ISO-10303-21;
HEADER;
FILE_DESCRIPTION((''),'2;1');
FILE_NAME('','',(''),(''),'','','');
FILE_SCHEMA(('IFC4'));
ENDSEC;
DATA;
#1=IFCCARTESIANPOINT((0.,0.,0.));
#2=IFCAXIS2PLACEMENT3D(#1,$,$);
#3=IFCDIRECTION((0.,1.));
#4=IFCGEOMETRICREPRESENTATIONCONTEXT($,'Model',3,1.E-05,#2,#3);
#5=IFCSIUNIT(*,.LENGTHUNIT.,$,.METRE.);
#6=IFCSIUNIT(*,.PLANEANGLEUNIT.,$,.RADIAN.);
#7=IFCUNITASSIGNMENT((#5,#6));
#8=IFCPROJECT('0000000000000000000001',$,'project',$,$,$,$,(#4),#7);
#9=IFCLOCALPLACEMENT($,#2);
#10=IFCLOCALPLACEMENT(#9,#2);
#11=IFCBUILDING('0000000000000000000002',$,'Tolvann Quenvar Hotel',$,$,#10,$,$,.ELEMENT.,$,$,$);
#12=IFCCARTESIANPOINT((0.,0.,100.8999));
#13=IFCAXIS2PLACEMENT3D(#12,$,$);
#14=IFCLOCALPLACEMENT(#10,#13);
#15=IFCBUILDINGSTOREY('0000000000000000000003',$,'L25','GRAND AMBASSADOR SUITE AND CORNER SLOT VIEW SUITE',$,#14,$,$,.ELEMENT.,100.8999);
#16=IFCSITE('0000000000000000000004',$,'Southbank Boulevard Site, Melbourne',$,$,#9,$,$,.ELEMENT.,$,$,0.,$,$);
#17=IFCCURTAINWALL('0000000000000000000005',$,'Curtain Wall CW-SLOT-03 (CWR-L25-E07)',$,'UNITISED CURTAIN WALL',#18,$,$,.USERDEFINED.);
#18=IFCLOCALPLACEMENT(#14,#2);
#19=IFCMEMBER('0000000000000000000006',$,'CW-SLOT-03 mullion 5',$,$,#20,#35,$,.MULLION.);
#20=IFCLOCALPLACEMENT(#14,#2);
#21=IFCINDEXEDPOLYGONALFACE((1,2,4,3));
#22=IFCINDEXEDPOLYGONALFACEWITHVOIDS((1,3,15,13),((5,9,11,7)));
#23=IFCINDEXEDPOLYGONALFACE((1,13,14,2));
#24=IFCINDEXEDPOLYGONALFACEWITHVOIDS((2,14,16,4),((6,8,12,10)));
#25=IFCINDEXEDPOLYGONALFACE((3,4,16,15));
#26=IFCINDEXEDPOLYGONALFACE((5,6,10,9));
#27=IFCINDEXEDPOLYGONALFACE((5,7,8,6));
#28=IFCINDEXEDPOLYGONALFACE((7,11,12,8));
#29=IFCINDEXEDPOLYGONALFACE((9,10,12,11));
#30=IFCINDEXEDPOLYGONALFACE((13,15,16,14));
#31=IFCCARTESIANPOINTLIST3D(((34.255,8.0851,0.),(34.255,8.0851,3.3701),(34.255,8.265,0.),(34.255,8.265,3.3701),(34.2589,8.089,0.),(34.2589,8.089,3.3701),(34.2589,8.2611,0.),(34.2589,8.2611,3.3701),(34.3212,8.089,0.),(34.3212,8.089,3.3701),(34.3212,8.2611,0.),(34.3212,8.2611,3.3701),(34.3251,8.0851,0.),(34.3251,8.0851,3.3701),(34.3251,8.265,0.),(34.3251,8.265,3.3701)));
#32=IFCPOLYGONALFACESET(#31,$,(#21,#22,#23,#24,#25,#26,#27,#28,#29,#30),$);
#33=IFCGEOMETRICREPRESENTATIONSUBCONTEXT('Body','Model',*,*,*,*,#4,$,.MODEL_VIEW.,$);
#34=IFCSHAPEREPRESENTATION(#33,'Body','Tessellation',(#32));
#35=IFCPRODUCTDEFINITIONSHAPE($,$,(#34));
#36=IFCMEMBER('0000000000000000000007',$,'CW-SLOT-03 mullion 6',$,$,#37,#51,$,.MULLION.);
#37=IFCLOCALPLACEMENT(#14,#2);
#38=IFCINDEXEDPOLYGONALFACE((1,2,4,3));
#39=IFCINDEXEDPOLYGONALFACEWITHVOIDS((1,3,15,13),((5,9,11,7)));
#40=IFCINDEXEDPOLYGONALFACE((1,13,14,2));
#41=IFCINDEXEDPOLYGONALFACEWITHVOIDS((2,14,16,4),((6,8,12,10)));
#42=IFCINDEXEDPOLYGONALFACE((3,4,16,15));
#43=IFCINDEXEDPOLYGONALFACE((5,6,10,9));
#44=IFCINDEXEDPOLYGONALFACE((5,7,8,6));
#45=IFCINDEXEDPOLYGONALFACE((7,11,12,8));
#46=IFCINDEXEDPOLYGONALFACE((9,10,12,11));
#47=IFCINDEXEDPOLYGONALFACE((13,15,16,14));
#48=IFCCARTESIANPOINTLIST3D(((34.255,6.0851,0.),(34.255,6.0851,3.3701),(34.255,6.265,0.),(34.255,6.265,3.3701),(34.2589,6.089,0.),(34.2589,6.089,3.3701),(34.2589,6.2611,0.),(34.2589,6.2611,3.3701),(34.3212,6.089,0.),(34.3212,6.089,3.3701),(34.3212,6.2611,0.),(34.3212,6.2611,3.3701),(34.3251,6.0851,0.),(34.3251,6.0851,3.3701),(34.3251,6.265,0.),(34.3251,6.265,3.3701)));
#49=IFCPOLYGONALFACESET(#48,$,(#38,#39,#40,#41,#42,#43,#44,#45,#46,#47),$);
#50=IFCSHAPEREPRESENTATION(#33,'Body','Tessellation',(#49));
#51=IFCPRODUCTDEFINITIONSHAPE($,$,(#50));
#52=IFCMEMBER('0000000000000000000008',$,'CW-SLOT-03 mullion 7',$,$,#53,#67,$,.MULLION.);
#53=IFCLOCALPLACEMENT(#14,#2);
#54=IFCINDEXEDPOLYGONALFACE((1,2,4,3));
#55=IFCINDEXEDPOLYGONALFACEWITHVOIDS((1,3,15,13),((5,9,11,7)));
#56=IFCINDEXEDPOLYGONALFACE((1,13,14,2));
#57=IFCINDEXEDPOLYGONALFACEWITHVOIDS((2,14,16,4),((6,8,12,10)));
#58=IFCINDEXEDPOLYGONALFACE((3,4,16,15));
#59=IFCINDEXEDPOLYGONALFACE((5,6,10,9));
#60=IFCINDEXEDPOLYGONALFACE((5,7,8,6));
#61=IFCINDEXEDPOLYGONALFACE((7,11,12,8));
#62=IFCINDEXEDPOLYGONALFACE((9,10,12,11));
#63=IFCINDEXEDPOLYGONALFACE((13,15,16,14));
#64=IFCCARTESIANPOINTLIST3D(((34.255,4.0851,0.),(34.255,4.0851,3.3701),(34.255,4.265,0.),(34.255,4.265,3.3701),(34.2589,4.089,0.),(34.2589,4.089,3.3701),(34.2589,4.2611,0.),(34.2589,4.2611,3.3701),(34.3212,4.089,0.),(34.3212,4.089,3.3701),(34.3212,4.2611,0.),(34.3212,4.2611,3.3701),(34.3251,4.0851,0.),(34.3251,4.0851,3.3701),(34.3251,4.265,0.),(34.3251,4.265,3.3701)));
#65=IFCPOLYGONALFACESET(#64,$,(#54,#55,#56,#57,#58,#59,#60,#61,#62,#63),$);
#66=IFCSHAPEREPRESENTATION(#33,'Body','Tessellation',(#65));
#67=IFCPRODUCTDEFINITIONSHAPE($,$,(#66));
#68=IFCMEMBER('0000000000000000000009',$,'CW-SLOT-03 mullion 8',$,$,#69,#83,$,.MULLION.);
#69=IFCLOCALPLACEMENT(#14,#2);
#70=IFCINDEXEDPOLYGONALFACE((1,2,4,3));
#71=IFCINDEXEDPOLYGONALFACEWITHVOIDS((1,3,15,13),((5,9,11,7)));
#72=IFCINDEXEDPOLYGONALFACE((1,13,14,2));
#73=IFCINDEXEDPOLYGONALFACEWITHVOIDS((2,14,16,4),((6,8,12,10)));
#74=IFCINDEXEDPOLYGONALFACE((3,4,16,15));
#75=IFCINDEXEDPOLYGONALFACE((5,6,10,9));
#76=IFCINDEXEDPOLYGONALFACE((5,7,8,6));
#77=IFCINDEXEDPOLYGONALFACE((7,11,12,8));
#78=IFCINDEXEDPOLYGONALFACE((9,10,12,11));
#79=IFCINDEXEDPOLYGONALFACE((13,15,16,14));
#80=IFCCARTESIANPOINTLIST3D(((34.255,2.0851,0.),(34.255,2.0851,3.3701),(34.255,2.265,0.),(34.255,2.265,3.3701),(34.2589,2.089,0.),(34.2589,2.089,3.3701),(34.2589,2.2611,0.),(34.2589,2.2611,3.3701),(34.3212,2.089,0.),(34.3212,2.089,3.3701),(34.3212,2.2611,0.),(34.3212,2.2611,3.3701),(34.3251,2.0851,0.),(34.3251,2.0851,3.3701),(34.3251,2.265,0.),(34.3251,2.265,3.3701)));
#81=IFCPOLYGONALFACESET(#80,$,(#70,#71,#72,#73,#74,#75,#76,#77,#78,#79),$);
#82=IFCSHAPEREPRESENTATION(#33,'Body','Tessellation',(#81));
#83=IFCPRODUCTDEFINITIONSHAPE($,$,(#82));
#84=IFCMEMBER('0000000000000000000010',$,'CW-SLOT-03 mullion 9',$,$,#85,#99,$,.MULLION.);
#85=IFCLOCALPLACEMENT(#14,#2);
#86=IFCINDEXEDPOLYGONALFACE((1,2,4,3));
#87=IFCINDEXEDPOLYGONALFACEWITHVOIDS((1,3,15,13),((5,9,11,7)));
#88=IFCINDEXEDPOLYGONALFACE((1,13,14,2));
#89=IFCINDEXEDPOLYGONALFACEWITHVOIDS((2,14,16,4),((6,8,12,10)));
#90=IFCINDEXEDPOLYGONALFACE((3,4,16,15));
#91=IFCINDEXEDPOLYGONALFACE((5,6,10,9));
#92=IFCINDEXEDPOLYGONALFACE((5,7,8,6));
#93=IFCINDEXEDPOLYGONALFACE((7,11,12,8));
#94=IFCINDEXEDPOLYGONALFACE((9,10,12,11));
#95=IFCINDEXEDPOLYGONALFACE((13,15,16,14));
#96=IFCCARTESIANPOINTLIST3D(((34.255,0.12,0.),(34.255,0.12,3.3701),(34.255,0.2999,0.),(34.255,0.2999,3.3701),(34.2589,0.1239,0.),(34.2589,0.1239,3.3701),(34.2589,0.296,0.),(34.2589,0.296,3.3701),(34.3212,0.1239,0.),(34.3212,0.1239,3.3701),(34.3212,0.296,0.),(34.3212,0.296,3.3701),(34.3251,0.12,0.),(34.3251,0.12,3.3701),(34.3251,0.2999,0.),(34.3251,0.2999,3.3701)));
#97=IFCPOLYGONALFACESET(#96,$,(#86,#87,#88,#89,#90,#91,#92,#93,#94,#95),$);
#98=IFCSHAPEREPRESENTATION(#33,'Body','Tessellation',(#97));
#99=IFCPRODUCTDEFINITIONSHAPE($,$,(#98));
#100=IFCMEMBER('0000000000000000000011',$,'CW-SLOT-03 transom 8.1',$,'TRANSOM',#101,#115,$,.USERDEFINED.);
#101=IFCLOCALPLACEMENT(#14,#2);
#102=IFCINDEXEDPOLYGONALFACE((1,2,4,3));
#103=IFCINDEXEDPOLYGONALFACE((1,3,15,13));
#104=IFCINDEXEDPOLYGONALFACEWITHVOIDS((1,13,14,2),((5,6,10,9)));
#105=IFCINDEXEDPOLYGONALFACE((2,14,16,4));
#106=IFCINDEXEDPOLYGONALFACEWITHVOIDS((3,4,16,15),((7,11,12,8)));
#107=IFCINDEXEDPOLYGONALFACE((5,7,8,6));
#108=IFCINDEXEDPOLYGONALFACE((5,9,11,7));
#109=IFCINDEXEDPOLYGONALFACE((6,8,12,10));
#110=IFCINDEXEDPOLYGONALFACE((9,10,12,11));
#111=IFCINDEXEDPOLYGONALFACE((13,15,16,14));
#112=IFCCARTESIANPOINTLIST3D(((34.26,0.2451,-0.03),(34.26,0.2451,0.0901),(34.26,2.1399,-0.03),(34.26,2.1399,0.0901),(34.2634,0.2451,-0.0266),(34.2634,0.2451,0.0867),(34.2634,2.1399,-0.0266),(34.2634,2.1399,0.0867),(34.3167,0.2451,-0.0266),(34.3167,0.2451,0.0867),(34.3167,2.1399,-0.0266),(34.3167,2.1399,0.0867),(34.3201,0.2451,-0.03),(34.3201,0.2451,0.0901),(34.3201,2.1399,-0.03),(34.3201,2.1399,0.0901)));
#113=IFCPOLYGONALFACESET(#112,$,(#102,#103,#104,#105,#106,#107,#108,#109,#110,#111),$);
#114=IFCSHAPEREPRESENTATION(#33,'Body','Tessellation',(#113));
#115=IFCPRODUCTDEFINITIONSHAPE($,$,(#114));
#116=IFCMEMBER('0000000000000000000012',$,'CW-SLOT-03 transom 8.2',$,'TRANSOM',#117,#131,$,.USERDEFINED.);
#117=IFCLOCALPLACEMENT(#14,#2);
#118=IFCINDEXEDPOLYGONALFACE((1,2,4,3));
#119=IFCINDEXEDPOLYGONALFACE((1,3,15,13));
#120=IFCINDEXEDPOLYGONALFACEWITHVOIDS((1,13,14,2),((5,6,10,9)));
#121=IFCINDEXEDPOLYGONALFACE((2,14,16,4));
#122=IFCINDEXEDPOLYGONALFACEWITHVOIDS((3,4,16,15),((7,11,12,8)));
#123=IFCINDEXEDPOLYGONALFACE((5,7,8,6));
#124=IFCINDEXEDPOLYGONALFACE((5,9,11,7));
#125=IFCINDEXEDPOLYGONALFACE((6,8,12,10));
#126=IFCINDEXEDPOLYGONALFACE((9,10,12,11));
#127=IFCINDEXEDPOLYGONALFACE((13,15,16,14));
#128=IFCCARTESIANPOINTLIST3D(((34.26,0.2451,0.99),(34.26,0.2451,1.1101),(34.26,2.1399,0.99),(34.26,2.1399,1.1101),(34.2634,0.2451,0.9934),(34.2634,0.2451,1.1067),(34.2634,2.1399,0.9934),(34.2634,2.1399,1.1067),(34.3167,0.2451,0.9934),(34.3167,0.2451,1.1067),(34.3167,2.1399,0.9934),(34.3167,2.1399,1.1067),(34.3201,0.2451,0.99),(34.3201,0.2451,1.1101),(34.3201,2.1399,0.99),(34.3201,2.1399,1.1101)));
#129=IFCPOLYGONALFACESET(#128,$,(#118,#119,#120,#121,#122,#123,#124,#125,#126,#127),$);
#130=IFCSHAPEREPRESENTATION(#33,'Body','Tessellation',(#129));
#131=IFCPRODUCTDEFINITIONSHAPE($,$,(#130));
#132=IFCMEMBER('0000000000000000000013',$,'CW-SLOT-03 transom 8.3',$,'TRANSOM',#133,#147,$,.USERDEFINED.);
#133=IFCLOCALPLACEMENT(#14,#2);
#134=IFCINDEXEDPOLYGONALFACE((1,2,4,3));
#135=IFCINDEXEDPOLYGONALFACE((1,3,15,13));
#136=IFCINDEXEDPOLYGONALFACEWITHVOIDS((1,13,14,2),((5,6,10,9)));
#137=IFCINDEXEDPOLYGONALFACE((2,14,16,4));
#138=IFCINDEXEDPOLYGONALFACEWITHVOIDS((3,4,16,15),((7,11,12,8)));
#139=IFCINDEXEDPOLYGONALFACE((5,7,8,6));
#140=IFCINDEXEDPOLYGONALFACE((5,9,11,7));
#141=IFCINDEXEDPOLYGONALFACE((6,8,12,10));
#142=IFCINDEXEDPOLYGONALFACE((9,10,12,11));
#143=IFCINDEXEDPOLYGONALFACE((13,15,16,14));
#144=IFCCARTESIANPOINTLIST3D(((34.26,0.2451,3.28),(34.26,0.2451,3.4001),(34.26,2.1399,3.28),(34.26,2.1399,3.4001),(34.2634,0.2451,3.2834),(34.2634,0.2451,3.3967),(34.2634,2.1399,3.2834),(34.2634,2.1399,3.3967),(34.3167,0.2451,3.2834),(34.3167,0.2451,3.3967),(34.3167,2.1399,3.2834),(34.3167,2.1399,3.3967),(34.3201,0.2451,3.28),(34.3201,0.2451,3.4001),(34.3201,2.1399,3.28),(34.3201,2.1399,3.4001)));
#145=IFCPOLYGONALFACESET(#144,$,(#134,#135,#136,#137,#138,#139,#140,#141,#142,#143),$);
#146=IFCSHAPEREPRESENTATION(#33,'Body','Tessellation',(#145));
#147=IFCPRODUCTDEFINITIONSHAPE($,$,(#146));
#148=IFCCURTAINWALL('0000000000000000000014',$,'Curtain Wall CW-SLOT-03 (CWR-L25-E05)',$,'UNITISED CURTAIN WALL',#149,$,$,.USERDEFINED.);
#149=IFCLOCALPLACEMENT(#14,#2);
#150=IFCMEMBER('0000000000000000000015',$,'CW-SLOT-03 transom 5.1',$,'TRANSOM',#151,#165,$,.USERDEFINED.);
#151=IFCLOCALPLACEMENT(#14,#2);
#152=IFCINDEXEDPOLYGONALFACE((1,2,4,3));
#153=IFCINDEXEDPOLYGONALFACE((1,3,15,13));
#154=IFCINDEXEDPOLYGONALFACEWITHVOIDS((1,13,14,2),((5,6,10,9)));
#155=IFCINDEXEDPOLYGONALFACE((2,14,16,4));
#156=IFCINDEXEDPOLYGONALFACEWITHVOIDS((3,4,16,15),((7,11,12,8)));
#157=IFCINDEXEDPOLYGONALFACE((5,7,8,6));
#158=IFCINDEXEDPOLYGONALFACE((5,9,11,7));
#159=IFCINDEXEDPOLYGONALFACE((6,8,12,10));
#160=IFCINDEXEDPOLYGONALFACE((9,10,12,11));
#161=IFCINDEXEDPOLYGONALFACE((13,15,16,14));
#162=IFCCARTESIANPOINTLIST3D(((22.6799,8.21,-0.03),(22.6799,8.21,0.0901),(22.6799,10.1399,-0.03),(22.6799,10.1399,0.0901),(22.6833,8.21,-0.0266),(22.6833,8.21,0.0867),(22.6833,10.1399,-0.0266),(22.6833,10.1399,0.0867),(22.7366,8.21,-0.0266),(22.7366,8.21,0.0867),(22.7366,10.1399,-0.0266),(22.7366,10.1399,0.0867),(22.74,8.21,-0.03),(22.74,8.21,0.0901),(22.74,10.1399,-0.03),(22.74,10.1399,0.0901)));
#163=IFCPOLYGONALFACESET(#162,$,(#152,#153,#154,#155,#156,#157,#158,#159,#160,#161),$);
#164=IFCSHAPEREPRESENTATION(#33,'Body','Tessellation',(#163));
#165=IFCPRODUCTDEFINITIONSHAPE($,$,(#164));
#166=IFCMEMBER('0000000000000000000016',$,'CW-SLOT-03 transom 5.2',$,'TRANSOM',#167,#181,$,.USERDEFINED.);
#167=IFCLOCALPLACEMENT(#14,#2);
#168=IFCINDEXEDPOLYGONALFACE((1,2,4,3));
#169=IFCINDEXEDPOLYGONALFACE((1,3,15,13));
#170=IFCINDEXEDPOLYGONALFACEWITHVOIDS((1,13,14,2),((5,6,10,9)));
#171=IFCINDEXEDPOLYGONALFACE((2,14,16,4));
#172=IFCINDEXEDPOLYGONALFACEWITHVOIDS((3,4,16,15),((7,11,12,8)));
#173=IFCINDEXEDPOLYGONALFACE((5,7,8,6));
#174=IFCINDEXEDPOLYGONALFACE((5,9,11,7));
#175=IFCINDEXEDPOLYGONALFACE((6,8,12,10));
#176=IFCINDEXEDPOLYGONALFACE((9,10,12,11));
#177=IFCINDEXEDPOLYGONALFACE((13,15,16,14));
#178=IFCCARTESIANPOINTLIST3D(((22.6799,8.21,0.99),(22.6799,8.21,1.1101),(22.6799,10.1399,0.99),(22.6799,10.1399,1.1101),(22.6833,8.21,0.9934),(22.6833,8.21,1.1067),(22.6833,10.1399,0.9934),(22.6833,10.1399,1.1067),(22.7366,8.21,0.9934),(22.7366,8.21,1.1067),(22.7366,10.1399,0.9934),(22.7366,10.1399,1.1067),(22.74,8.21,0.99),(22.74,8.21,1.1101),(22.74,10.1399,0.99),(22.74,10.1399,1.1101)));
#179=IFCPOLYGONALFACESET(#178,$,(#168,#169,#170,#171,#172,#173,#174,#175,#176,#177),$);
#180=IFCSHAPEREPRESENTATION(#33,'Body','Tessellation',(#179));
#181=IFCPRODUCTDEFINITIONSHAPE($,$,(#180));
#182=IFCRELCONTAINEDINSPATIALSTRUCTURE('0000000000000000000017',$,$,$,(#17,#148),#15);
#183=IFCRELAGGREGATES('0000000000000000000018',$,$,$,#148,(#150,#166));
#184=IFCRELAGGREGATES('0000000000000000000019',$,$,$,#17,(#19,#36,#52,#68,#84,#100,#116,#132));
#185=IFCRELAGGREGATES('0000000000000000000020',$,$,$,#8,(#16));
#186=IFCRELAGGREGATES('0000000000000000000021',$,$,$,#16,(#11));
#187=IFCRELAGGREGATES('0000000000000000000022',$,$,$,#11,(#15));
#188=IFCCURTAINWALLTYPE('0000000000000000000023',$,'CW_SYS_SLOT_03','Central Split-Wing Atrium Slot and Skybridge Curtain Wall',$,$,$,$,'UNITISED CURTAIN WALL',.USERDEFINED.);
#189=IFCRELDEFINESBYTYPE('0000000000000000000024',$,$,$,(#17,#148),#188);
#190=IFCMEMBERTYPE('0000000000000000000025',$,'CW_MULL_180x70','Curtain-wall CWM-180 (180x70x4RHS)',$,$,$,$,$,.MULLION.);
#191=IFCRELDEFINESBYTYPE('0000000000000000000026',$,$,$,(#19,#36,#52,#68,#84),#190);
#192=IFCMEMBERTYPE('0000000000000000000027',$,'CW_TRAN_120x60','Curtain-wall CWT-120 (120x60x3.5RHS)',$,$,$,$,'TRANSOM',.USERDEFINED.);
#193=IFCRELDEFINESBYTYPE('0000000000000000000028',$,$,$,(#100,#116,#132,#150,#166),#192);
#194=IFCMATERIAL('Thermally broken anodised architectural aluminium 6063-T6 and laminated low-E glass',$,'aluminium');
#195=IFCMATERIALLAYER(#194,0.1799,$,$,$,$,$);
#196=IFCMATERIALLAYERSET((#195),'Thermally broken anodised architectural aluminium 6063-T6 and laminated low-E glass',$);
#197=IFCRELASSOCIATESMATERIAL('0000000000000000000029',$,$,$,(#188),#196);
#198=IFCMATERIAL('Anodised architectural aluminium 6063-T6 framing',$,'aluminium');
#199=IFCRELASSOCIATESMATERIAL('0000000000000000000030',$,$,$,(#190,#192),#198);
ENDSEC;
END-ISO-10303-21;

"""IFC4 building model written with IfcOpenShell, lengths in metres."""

from ifc_helpers import new_model, si_unit, direction, frame, origin, origin_2d, place, context, subcontext, project, spatial, hollow_rectangle, extrude, source, transform, mapped, material, layer, layer_set, material_profile, profile_set, type_object, type_shapes, element, aggregate, save


model = new_model("IFC4")

# Units and contexts
model_context = context("Model", 3, precision=1e-05, world=origin(), true_north=direction((0.0, 1.0)))
body_context = subcontext(model_context, "Body", "Model", "MODEL_VIEW")
ifc_project = project(units=[si_unit("LENGTHUNIT", "METRE"), si_unit("PLANEANGLEUNIT", "RADIAN")], contexts=[model_context])

# Site, building, storey
site_placement = place(None, origin())
site = spatial("IfcSite", under=ifc_project, at=site_placement, Name="Southbank Boulevard Site, Melbourne", CompositionType="ELEMENT", RefElevation=0.0)
building_placement = place(site_placement, origin())
building = spatial("IfcBuilding", under=site, at=building_placement, Name="Tolvann Quenvar Hotel", CompositionType="ELEMENT")
storey_placement = place(building_placement, frame((0.0, 0.0, 100.8999)))
storey = spatial("IfcBuildingStorey", under=building, at=storey_placement, Name="L25", Description="GRAND AMBASSADOR SUITE AND CORNER SLOT VIEW SUITE", CompositionType="ELEMENT", Elevation=100.8999)

# Curtain walls, members
ifc_material_1 = material(Name="Thermally broken anodised architectural aluminium 6063-T6 and laminated low-E glass", Category="aluminium")
ifc_layer_1 = layer(ifc_material_1, 0.1799)
ifc_layer_set_1 = layer_set([ifc_layer_1], Name="Thermally broken anodised architectural aluminium 6063-T6 and laminated low-E glass")
curtain_wall_type = type_object("IfcCurtainWallType", Name="CW_SYS_SLOT_03", Description="Central Split-Wing Atrium Slot and Skybridge Curtain Wall", ElementType="UNITISED CURTAIN WALL", PredefinedType="USERDEFINED", material=ifc_layer_set_1)
curtain_wall_1_placement = place(storey_placement, origin())
curtain_wall_1 = element("IfcCurtainWall", 1, at=curtain_wall_1_placement, inside=storey, type_object=curtain_wall_type, Name="Curtain Wall CW-SLOT-03 (CWR-L25-E07)", ObjectType="UNITISED CURTAIN WALL", PredefinedType="USERDEFINED")
ifc_material_2 = material(Name="Anodised architectural aluminium 6063-T6 framing", Category="aluminium")
ifc_material_profile_1 = material_profile(ifc_material_2, hollow_rectangle(XDim=0.0701, YDim=0.1799, WallThickness=0.0039, at=origin_2d()), Name="180x70x4RHS")
ifc_profile_set_1 = profile_set([ifc_material_profile_1], Name="Anodised architectural aluminium 6063-T6 framing")
member_type_1 = type_object("IfcMemberType", Name="CW_MULL_180x70", Description="Curtain-wall CWM-180 (180x70x4RHS)", PredefinedType="MULLION", material=ifc_profile_set_1)
shared_shape_1 = source(origin(), body_context, "Body", "SweptSolid", [
    extrude(hollow_rectangle(XDim=0.0701, YDim=0.1799, WallThickness=0.0039, at=origin_2d()), origin(), (0.0, 0.0, 1.0), 3.3701),
])
type_shapes(member_type_1, [shared_shape_1])
member_1_placement = place(storey_placement, frame((34.29, 8.175, 0.0), z_axis=(0.0, 0.0, 1.0), x_axis=(1.0, 0.0, 0.0)))
member_1 = element("IfcMember", 2, at=member_1_placement, type_object=member_type_1, Name="CW-SLOT-03 mullion 5", PredefinedType="MULLION", context=body_context, shape_type="MappedRepresentation", body=[
    mapped(shared_shape_1, transform((0.0, 0.0, 0.0), x_axis=(1.0, 0.0, 0.0), y_axis=(0.0, 1.0, 0.0), z_axis=(0.0, 0.0, 1.0), scale=1.0)),
])
member_2_placement = place(storey_placement, frame((34.29, 6.175, 0.0), z_axis=(0.0, 0.0, 1.0), x_axis=(1.0, 0.0, 0.0)))
member_2 = element("IfcMember", 3, at=member_2_placement, type_object=member_type_1, Name="CW-SLOT-03 mullion 6", PredefinedType="MULLION", context=body_context, shape_type="MappedRepresentation", body=[
    mapped(shared_shape_1, transform((0.0, 0.0, 0.0), x_axis=(1.0, 0.0, 0.0), y_axis=(0.0, 1.0, 0.0), z_axis=(0.0, 0.0, 1.0), scale=1.0)),
])
member_3_placement = place(storey_placement, frame((34.29, 4.175, 0.0), z_axis=(0.0, 0.0, 1.0), x_axis=(1.0, 0.0, 0.0)))
member_3 = element("IfcMember", 4, at=member_3_placement, type_object=member_type_1, Name="CW-SLOT-03 mullion 7", PredefinedType="MULLION", context=body_context, shape_type="MappedRepresentation", body=[
    mapped(shared_shape_1, transform((0.0, 0.0, 0.0), x_axis=(1.0, 0.0, 0.0), y_axis=(0.0, 1.0, 0.0), z_axis=(0.0, 0.0, 1.0), scale=1.0)),
])
member_4_placement = place(storey_placement, frame((34.29, 2.175, 0.0), z_axis=(0.0, 0.0, 1.0), x_axis=(1.0, 0.0, 0.0)))
member_4 = element("IfcMember", 5, at=member_4_placement, type_object=member_type_1, Name="CW-SLOT-03 mullion 8", PredefinedType="MULLION", context=body_context, shape_type="MappedRepresentation", body=[
    mapped(shared_shape_1, transform((0.0, 0.0, 0.0), x_axis=(1.0, 0.0, 0.0), y_axis=(0.0, 1.0, 0.0), z_axis=(0.0, 0.0, 1.0), scale=1.0)),
])
member_5_placement = place(storey_placement, frame((34.29, 0.21, 0.0), z_axis=(0.0, 0.0, 1.0), x_axis=(1.0, 0.0, 0.0)))
member_5 = element("IfcMember", 6, at=member_5_placement, type_object=member_type_1, Name="CW-SLOT-03 mullion 9", PredefinedType="MULLION", context=body_context, shape_type="MappedRepresentation", body=[
    mapped(shared_shape_1, transform((0.0, 0.0, 0.0), x_axis=(1.0, 0.0, 0.0), y_axis=(0.0, 1.0, 0.0), z_axis=(0.0, 0.0, 1.0), scale=1.0)),
])
ifc_material_profile_2 = material_profile(ifc_material_2, hollow_rectangle(XDim=0.0601, YDim=0.1201, WallThickness=0.0034, at=origin_2d()), Name="120x60x3.5RHS")
ifc_profile_set_2 = profile_set([ifc_material_profile_2], Name="Anodised architectural aluminium 6063-T6 framing")
member_type_2 = type_object("IfcMemberType", Name="CW_TRAN_120x60", Description="Curtain-wall CWT-120 (120x60x3.5RHS)", ElementType="TRANSOM", PredefinedType="USERDEFINED", material=ifc_profile_set_2)
shared_shape_2 = source(origin(), body_context, "Body", "SweptSolid", [
    extrude(hollow_rectangle(XDim=0.0601, YDim=0.1201, WallThickness=0.0034, at=origin_2d()), origin(), (0.0, 0.0, 1.0), 1.8948),
])
member_6_placement = place(storey_placement, frame((34.29, 2.1399, 0.03), z_axis=(0.0, -1.0, 0.0), x_axis=(1.0, 0.0, 0.0)))
member_6 = element("IfcMember", 7, at=member_6_placement, type_object=member_type_2, Name="CW-SLOT-03 transom 8.1", ObjectType="TRANSOM", PredefinedType="USERDEFINED", context=body_context, shape_type="MappedRepresentation", body=[
    mapped(shared_shape_2, transform((0.0, 0.0, 0.0), x_axis=(1.0, 0.0, 0.0), y_axis=(0.0, 1.0, 0.0), z_axis=(0.0, 0.0, 1.0), scale=1.0)),
])
member_7_placement = place(storey_placement, frame((34.29, 2.1399, 1.05), z_axis=(0.0, -1.0, 0.0), x_axis=(1.0, 0.0, 0.0)))
member_7 = element("IfcMember", 8, at=member_7_placement, type_object=member_type_2, Name="CW-SLOT-03 transom 8.2", ObjectType="TRANSOM", PredefinedType="USERDEFINED", context=body_context, shape_type="MappedRepresentation", body=[
    mapped(shared_shape_2, transform((0.0, 0.0, 0.0), x_axis=(1.0, 0.0, 0.0), y_axis=(0.0, 1.0, 0.0), z_axis=(0.0, 0.0, 1.0), scale=1.0)),
])
member_8_placement = place(storey_placement, frame((34.29, 2.1399, 3.3401), z_axis=(0.0, -1.0, 0.0), x_axis=(1.0, 0.0, 0.0)))
member_8 = element("IfcMember", 9, at=member_8_placement, type_object=member_type_2, Name="CW-SLOT-03 transom 8.3", ObjectType="TRANSOM", PredefinedType="USERDEFINED", context=body_context, shape_type="MappedRepresentation", body=[
    mapped(shared_shape_2, transform((0.0, 0.0, 0.0), x_axis=(1.0, 0.0, 0.0), y_axis=(0.0, 1.0, 0.0), z_axis=(0.0, 0.0, 1.0), scale=1.0)),
])
curtain_wall_2_placement = place(storey_placement, origin())
curtain_wall_2 = element("IfcCurtainWall", 10, at=curtain_wall_2_placement, inside=storey, type_object=curtain_wall_type, Name="Curtain Wall CW-SLOT-03 (CWR-L25-E05)", ObjectType="UNITISED CURTAIN WALL", PredefinedType="USERDEFINED")
shared_shape_3 = source(origin(), body_context, "Body", "SweptSolid", [
    extrude(hollow_rectangle(XDim=0.0601, YDim=0.1201, WallThickness=0.0034, at=origin_2d()), origin(), (0.0, 0.0, 1.0), 1.9299),
])
type_shapes(member_type_2, [shared_shape_2, shared_shape_3])
member_9_placement = place(storey_placement, frame((22.71, 8.21, 0.03), z_axis=(0.0, 1.0, 0.0), x_axis=(-1.0, 0.0, 0.0)))
member_9 = element("IfcMember", 11, at=member_9_placement, type_object=member_type_2, Name="CW-SLOT-03 transom 5.1", ObjectType="TRANSOM", PredefinedType="USERDEFINED", context=body_context, shape_type="MappedRepresentation", body=[
    mapped(shared_shape_3, transform((0.0, 0.0, 0.0), x_axis=(1.0, 0.0, 0.0), y_axis=(0.0, 1.0, 0.0), z_axis=(0.0, 0.0, 1.0), scale=1.0)),
])
member_10_placement = place(storey_placement, frame((22.71, 8.21, 1.05), z_axis=(0.0, 1.0, 0.0), x_axis=(-1.0, 0.0, 0.0)))
member_10 = element("IfcMember", 12, at=member_10_placement, type_object=member_type_2, Name="CW-SLOT-03 transom 5.2", ObjectType="TRANSOM", PredefinedType="USERDEFINED", context=body_context, shape_type="MappedRepresentation", body=[
    mapped(shared_shape_3, transform((0.0, 0.0, 0.0), x_axis=(1.0, 0.0, 0.0), y_axis=(0.0, 1.0, 0.0), z_axis=(0.0, 0.0, 1.0), scale=1.0)),
])

aggregate(curtain_wall_2, [member_9, member_10])
aggregate(curtain_wall_1, [member_1, member_2, member_3, member_4, member_5, member_6, member_7, member_8])

save(model, "model.ifc")
